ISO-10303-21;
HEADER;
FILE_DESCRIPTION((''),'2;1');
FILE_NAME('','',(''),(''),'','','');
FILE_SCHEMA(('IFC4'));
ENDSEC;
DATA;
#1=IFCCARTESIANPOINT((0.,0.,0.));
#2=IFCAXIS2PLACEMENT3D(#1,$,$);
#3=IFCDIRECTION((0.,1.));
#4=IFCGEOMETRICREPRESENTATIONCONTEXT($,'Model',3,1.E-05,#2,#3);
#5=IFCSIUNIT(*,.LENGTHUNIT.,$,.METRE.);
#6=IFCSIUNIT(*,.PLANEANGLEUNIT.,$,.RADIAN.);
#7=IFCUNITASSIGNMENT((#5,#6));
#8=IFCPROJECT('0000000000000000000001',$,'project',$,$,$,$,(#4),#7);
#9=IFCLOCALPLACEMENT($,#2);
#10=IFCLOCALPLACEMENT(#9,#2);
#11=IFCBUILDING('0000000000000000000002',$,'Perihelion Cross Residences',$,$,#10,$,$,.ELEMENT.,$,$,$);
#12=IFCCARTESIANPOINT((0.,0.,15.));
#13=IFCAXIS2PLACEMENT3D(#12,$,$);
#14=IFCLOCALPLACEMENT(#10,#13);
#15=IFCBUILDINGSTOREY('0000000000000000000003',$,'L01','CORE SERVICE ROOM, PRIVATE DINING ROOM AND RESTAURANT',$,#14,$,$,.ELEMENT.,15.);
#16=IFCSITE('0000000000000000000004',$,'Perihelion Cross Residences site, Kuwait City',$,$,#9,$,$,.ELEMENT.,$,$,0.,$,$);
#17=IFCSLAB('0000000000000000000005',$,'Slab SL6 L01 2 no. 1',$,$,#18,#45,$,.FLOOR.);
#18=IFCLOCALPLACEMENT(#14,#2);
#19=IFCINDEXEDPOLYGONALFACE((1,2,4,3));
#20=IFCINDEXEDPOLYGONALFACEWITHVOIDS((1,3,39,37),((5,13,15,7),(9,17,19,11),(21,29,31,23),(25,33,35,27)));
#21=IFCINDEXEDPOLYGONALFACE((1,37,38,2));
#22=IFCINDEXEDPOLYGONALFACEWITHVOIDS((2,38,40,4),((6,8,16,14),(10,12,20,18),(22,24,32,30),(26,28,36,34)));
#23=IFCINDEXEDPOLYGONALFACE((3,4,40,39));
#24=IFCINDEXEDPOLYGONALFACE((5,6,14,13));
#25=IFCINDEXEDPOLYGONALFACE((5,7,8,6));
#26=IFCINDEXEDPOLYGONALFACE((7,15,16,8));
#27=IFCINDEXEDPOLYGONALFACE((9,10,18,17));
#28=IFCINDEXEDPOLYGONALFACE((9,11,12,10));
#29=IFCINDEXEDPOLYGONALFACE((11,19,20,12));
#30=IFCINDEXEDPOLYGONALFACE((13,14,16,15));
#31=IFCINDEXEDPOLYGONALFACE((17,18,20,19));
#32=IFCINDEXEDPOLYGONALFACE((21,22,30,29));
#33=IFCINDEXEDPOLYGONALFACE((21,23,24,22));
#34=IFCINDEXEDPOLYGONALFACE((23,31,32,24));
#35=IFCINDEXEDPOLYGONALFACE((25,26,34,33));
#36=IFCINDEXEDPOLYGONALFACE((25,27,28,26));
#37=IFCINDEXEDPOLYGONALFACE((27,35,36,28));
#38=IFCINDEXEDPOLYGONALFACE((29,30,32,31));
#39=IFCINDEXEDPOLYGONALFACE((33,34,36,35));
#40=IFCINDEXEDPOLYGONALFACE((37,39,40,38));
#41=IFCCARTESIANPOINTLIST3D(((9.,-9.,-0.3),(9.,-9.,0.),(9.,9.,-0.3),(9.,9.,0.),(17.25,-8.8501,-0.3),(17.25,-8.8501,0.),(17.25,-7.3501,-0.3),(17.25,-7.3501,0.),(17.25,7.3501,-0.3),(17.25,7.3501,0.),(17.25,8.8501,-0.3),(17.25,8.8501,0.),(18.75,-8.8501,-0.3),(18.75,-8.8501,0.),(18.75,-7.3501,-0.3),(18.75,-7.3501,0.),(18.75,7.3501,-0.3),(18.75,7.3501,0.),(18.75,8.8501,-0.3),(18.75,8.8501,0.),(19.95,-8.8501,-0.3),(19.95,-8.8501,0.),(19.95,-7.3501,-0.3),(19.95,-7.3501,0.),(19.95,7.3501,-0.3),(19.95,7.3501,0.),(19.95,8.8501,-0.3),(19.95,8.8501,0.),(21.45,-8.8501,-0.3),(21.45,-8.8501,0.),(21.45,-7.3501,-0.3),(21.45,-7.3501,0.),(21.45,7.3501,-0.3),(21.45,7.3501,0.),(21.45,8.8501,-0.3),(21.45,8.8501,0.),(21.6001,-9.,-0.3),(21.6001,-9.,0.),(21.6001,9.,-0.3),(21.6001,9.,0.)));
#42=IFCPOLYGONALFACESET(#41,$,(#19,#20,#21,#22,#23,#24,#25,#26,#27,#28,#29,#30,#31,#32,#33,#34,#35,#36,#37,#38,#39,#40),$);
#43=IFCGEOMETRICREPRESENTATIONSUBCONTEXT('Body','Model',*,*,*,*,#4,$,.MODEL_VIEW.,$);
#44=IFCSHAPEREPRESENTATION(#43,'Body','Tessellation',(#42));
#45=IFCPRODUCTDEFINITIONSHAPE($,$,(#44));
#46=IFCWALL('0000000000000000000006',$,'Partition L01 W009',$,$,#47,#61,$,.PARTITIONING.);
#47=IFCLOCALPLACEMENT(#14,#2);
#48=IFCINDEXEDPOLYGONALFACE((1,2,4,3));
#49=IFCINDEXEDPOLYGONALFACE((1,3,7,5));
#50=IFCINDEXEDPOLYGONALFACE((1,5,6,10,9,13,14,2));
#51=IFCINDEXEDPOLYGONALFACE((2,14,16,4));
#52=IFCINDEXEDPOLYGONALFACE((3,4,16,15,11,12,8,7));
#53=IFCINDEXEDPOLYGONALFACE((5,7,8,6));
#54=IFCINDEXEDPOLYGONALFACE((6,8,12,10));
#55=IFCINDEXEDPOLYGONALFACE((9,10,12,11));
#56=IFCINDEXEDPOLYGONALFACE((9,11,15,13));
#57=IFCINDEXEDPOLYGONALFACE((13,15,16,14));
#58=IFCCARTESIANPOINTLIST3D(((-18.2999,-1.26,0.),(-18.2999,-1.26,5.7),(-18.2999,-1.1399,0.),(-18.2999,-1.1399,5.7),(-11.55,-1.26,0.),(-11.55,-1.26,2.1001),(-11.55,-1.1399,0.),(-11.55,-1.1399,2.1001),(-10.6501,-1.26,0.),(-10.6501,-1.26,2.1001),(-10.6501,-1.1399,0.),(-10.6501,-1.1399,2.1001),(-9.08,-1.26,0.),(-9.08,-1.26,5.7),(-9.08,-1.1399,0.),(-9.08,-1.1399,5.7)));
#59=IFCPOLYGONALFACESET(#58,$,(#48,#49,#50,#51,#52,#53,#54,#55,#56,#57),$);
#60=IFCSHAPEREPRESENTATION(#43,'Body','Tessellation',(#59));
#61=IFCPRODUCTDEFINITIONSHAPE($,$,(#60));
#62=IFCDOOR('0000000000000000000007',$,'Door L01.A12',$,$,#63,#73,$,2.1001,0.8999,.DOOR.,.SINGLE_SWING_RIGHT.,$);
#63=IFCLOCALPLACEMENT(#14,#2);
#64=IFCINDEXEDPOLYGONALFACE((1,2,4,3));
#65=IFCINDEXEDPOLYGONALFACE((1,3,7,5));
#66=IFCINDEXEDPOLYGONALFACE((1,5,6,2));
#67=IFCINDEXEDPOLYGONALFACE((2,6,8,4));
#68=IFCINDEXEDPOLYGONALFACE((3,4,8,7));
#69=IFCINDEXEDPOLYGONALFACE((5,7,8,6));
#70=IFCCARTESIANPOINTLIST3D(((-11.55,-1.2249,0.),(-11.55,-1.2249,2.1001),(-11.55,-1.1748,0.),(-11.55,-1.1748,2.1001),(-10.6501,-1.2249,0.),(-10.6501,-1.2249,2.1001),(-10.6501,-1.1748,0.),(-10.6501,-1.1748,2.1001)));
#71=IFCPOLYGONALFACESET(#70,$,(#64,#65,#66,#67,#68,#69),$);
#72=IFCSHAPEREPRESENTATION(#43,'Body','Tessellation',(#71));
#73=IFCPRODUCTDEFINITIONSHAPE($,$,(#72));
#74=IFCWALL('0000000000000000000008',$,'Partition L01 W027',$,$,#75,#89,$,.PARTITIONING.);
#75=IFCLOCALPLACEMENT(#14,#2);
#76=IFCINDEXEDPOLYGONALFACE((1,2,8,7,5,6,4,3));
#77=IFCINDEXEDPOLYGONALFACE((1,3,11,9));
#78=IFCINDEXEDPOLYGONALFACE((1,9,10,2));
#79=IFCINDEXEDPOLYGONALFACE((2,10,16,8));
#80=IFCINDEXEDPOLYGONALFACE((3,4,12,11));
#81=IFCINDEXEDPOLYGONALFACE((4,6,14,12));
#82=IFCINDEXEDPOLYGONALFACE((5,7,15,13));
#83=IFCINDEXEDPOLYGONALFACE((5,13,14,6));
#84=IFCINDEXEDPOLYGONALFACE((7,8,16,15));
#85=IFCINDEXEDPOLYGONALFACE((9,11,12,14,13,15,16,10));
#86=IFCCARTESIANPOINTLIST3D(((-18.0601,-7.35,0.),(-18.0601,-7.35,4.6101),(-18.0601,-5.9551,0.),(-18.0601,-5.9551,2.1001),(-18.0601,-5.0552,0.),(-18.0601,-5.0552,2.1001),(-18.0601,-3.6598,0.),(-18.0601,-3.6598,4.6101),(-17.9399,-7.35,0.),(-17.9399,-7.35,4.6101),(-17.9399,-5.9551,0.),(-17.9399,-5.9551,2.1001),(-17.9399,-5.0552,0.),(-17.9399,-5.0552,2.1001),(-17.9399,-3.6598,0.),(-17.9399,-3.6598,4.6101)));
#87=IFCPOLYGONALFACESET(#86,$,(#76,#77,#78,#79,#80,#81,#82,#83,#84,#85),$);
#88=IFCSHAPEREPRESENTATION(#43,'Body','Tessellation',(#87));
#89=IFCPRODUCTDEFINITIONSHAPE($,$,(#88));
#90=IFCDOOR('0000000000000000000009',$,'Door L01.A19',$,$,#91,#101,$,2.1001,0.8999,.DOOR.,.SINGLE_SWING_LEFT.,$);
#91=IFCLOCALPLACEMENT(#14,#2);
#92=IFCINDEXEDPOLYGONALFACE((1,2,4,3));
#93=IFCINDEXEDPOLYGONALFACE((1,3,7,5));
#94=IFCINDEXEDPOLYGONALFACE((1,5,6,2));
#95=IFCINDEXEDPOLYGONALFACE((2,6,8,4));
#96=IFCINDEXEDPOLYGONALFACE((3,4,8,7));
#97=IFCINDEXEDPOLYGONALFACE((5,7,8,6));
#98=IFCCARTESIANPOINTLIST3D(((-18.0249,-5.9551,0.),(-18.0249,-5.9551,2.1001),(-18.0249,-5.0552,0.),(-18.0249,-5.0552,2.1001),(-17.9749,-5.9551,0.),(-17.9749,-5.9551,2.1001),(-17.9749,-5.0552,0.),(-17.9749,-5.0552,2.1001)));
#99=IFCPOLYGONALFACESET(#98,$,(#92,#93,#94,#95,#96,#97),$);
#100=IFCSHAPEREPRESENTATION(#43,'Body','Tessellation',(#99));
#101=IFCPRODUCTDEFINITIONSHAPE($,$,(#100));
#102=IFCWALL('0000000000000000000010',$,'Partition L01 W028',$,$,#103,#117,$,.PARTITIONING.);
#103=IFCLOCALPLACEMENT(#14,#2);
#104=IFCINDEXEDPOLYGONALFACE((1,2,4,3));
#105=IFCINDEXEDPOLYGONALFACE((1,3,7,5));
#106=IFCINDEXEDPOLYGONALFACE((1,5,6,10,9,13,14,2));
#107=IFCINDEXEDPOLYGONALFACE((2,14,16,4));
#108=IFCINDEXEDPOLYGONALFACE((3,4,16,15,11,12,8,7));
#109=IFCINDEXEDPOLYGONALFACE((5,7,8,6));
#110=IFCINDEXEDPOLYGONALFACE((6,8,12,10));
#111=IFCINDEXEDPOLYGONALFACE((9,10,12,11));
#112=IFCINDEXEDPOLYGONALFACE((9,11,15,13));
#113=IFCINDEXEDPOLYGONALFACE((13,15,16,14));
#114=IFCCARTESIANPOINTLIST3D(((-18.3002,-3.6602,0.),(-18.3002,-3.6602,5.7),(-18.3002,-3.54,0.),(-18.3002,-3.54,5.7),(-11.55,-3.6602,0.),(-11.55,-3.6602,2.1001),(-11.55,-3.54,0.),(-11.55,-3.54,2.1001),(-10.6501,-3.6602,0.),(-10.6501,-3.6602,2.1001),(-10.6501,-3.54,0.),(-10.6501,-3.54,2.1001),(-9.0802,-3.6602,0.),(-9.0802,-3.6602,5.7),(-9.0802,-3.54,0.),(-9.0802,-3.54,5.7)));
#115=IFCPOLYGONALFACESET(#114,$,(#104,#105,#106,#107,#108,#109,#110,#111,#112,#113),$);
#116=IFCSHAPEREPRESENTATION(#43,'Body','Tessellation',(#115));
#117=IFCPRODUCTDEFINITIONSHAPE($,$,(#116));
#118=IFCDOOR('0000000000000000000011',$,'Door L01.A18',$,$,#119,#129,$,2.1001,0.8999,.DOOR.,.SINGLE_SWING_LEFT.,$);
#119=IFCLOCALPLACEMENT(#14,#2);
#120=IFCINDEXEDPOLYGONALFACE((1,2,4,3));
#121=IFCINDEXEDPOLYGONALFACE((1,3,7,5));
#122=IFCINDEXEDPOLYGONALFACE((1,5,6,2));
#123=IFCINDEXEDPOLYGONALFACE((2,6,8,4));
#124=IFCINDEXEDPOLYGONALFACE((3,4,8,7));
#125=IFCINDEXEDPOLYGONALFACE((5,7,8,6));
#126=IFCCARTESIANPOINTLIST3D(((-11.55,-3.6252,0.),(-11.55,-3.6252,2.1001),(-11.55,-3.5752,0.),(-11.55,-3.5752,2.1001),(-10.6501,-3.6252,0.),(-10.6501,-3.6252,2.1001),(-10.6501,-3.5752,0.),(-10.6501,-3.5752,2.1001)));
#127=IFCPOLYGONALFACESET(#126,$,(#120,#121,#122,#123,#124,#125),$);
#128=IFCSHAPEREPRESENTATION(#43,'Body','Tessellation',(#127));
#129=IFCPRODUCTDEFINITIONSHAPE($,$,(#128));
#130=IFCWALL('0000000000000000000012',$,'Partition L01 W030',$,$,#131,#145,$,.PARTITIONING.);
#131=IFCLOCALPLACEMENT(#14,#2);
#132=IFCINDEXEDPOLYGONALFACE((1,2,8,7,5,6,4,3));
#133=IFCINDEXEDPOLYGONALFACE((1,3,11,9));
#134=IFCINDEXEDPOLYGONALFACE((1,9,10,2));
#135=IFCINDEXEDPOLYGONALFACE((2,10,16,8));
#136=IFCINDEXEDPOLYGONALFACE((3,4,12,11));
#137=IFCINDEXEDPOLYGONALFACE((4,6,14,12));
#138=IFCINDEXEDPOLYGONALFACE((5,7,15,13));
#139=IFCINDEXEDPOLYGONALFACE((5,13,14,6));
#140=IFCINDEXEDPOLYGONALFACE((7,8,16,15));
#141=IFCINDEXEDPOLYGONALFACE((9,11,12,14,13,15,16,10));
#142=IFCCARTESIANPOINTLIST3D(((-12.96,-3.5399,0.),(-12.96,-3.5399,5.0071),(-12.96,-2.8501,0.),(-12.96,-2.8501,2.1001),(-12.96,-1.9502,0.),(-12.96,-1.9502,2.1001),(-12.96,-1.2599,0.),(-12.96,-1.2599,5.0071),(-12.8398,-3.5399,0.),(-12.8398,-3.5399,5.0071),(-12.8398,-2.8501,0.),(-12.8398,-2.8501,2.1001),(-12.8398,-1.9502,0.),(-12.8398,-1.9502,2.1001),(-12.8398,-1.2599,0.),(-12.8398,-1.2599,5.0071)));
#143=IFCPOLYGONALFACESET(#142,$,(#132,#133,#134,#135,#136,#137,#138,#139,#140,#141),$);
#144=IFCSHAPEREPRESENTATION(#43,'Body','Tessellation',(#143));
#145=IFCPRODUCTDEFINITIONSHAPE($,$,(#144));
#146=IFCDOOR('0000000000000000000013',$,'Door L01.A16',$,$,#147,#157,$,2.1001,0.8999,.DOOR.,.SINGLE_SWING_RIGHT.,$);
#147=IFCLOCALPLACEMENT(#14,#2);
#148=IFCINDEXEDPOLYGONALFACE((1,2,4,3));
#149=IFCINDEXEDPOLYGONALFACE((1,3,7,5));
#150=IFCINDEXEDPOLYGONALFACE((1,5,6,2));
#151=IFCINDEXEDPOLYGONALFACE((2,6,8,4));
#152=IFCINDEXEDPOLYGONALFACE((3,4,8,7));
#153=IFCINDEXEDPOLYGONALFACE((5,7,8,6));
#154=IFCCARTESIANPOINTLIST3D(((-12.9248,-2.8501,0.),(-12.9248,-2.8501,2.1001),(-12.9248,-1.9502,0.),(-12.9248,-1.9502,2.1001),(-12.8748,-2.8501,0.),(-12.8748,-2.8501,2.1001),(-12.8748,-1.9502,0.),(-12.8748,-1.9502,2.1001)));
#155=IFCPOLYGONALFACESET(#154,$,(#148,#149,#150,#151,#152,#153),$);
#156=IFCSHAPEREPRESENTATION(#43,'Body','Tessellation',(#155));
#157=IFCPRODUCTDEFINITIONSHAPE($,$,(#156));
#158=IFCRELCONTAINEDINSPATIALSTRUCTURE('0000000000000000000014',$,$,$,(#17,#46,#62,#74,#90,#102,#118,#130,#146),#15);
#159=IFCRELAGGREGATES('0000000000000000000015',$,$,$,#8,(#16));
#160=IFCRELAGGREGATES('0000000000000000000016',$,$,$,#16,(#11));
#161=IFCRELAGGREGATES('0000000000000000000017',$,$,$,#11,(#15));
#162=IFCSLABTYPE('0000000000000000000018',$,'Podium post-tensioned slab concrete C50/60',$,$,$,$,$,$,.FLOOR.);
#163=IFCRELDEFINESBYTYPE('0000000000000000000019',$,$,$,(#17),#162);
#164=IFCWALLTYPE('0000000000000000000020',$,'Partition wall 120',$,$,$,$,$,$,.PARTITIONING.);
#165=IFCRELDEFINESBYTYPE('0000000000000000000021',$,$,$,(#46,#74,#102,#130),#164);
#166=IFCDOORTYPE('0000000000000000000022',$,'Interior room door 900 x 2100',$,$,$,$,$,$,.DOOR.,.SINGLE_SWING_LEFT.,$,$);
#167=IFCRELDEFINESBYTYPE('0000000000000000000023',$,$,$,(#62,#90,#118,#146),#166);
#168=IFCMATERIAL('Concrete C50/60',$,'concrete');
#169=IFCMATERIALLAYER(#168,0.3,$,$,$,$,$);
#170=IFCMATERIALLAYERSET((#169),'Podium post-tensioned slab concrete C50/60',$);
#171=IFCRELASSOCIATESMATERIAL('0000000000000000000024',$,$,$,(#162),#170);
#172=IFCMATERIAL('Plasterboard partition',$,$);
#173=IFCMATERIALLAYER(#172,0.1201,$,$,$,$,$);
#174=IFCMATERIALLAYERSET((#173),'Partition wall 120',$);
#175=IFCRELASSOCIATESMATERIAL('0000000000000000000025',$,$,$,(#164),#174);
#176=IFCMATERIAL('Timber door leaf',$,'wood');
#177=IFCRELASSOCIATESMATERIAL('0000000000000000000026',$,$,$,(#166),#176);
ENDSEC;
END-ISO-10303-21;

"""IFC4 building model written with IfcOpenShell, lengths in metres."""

from ifc_helpers import new_model, si_unit, direction, frame, frame_2d, origin, place, context, subcontext, project, spatial, polyline, rectangle, outline, extrude, material, layer, layer_set, type_object, element, fill, save


model = new_model("IFC4")

# Units and contexts
model_context = context("Model", 3, precision=1e-05, world=origin(), true_north=direction((0.0, 1.0)))
body_context = subcontext(model_context, "Body", "Model", "MODEL_VIEW")
ifc_project = project(units=[si_unit("LENGTHUNIT", "METRE"), si_unit("PLANEANGLEUNIT", "RADIAN")], contexts=[model_context])

# Site, building, storey
site_placement = place(None, origin())
site = spatial("IfcSite", under=ifc_project, at=site_placement, Name="Perihelion Cross Residences site, Kuwait City", CompositionType="ELEMENT", RefElevation=0.0)
building_placement = place(site_placement, origin())
building = spatial("IfcBuilding", under=site, at=building_placement, Name="Perihelion Cross Residences", CompositionType="ELEMENT")
storey_placement = place(building_placement, frame((0.0, 0.0, 15.0)))
storey = spatial("IfcBuildingStorey", under=building, at=storey_placement, Name="L01", Description="CORE SERVICE ROOM, PRIVATE DINING ROOM AND RESTAURANT", CompositionType="ELEMENT", Elevation=15.0)

# Slab
ifc_material_1 = material(Name="Concrete C50/60", Category="concrete")
ifc_layer_1 = layer(ifc_material_1, 0.3)
ifc_layer_set_1 = layer_set([ifc_layer_1], Name="Podium post-tensioned slab concrete C50/60")
slab_type_1 = type_object("IfcSlabType", Name="Podium post-tensioned slab concrete C50/60", PredefinedType="FLOOR", material=ifc_layer_set_1)
slab_1_placement = place(storey_placement, frame((0.0, 0.0, -0.3)))
element("IfcSlab", 1, at=slab_1_placement, inside=storey, type_object=slab_type_1, Name="Slab SL6 L01 2 no. 1", PredefinedType="FLOOR", context=body_context, shape_type="SweptSolid", body=[
    extrude(outline(polyline([(9.0, -9.0), (9.0, 9.0), (21.6001, 9.0), (21.6001, -9.0), (9.0, -9.0)]), holes=[polyline([(17.25, -7.3501), (17.25, -8.8501), (18.75, -8.8501), (18.75, -7.3501), (17.25, -7.3501)]), polyline([(21.45, -7.3501), (19.95, -7.3501), (19.95, -8.8501), (21.45, -8.8501), (21.45, -7.3501)]), polyline([(18.75, 8.8501), (17.25, 8.8501), (17.25, 7.3501), (18.75, 7.3501), (18.75, 8.8501)]), polyline([(21.45, 8.8501), (19.95, 8.8501), (19.95, 7.3501), (21.45, 7.3501), (21.45, 8.8501)])]), origin(), (0.0, 0.0, 1.0), 0.3),
])

# Walls, openings, doors
ifc_material_2 = material(Name="Plasterboard partition")
ifc_layer_2 = layer(ifc_material_2, 0.1201)
ifc_layer_set_2 = layer_set([ifc_layer_2], Name="Partition wall 120")
wall_type_1 = type_object("IfcWallType", Name="Partition wall 120", PredefinedType="PARTITIONING", material=ifc_layer_set_2)
wall_1_placement = place(storey_placement, frame((-9.0801, -1.2, 0.0), z_axis=(0.0, 0.0, 1.0), x_axis=(-1.0, 0.0, 0.0)))
wall_1 = element("IfcWall", 2, at=wall_1_placement, inside=storey, type_object=wall_type_1, Name="Partition L01 W009", PredefinedType="PARTITIONING", context=body_context, shape_type="SweptSolid", body=[
    extrude(rectangle(XDim=9.22, YDim=0.1201, at=frame_2d((4.6099, 0.0))), origin(), (0.0, 0.0, 1.0), 5.7),
])
opening_1_placement = place(wall_1_placement, frame((1.5701, 0.0, 0.0)))
opening_1 = element("IfcOpeningElement", 3, at=opening_1_placement, cuts=wall_1, PredefinedType="OPENING", context=body_context, shape_type="SweptSolid", body=[
    extrude(rectangle(XDim=0.8999, YDim=2.1001, at=frame_2d((0.45, 1.05))), frame((0.0, 0.0701, 0.0), z_axis=(0.0, -1.0, 0.0), x_axis=(1.0, 0.0, 0.0)), (0.0, 0.0, 1.0), 0.1401),
])
ifc_material_3 = material(Name="Timber door leaf", Category="wood")
door_type_1 = type_object("IfcDoorType", Name="Interior room door 900 x 2100", OperationType="SINGLE_SWING_LEFT", PredefinedType="DOOR", material=ifc_material_3)
door_1_placement = place(opening_1_placement, origin())
door_1 = element("IfcDoor", 4, at=door_1_placement, inside=storey, type_object=door_type_1, Name="Door L01.A12", OperationType="SINGLE_SWING_RIGHT", OverallHeight=2.1001, OverallWidth=0.8999, PredefinedType="DOOR", context=body_context, shape_type="SweptSolid", body=[
    extrude(rectangle(XDim=0.8999, YDim=2.1001, at=frame_2d((0.45, 1.05))), frame((0.0, 0.0249, 0.0), z_axis=(0.0, -1.0, 0.0), x_axis=(1.0, 0.0, 0.0)), (0.0, 0.0, 1.0), 0.05),
])
fill(opening_1, door_1)
wall_2_placement = place(storey_placement, frame((-18.0, -7.3501, 0.0), z_axis=(0.0, 0.0, 1.0), x_axis=(0.0, 1.0, 0.0)))
wall_2 = element("IfcWall", 5, at=wall_2_placement, inside=storey, type_object=wall_type_1, Name="Partition L01 W027", PredefinedType="PARTITIONING", context=body_context, shape_type="SweptSolid", body=[
    extrude(rectangle(XDim=3.6902, YDim=0.1201, at=frame_2d((1.8452, 0.0))), origin(), (0.0, 0.0, 1.0), 4.6101),
])
opening_2_placement = place(wall_2_placement, frame((1.395, 0.0, 0.0)))
opening_2 = element("IfcOpeningElement", 6, at=opening_2_placement, cuts=wall_2, PredefinedType="OPENING", context=body_context, shape_type="SweptSolid", body=[
    extrude(rectangle(XDim=0.8999, YDim=2.1001, at=frame_2d((0.45, 1.05))), frame((0.0, 0.0701, 0.0), z_axis=(0.0, -1.0, 0.0), x_axis=(1.0, 0.0, 0.0)), (0.0, 0.0, 1.0), 0.1401),
])
door_2_placement = place(opening_2_placement, origin())
door_2 = element("IfcDoor", 7, at=door_2_placement, inside=storey, type_object=door_type_1, Name="Door L01.A19", OperationType="SINGLE_SWING_LEFT", OverallHeight=2.1001, OverallWidth=0.8999, PredefinedType="DOOR", context=body_context, shape_type="SweptSolid", body=[
    extrude(rectangle(XDim=0.8999, YDim=2.1001, at=frame_2d((0.45, 1.05))), frame((0.0, 0.0249, 0.0), z_axis=(0.0, -1.0, 0.0), x_axis=(1.0, 0.0, 0.0)), (0.0, 0.0, 1.0), 0.05),
])
fill(opening_2, door_2)
wall_3_placement = place(storey_placement, frame((-18.3, -3.6001, 0.0), z_axis=(0.0, 0.0, 1.0), x_axis=(1.0, 0.0, 0.0)))
wall_3 = element("IfcWall", 8, at=wall_3_placement, inside=storey, type_object=wall_type_1, Name="Partition L01 W028", PredefinedType="PARTITIONING", context=body_context, shape_type="SweptSolid", body=[
    extrude(rectangle(XDim=9.22, YDim=0.1201, at=frame_2d((4.6099, 0.0))), origin(), (0.0, 0.0, 1.0), 5.7),
])
opening_3_placement = place(wall_3_placement, frame((6.75, 0.0, 0.0)))
opening_3 = element("IfcOpeningElement", 9, at=opening_3_placement, cuts=wall_3, PredefinedType="OPENING", context=body_context, shape_type="SweptSolid", body=[
    extrude(rectangle(XDim=0.8999, YDim=2.1001, at=frame_2d((0.45, 1.05))), frame((0.0, 0.0701, 0.0), z_axis=(0.0, -1.0, 0.0), x_axis=(1.0, 0.0, 0.0)), (0.0, 0.0, 1.0), 0.1401),
])
door_3_placement = place(opening_3_placement, origin())
door_3 = element("IfcDoor", 10, at=door_3_placement, inside=storey, type_object=door_type_1, Name="Door L01.A18", OperationType="SINGLE_SWING_LEFT", OverallHeight=2.1001, OverallWidth=0.8999, PredefinedType="DOOR", context=body_context, shape_type="SweptSolid", body=[
    extrude(rectangle(XDim=0.8999, YDim=2.1001, at=frame_2d((0.45, 1.05))), frame((0.0, 0.0249, 0.0), z_axis=(0.0, -1.0, 0.0), x_axis=(1.0, 0.0, 0.0)), (0.0, 0.0, 1.0), 0.05),
])
fill(opening_3, door_3)
wall_4_placement = place(storey_placement, frame((-12.8999, -3.54, 0.0), z_axis=(0.0, 0.0, 1.0), x_axis=(0.0, 1.0, 0.0)))
wall_4 = element("IfcWall", 11, at=wall_4_placement, inside=storey, type_object=wall_type_1, Name="Partition L01 W030", PredefinedType="PARTITIONING", context=body_context, shape_type="SweptSolid", body=[
    extrude(rectangle(XDim=2.28, YDim=0.1201, at=frame_2d((1.1401, 0.0))), origin(), (0.0, 0.0, 1.0), 5.0071),
])
opening_4_placement = place(wall_4_placement, frame((0.6899, 0.0, 0.0)))
opening_4 = element("IfcOpeningElement", 12, at=opening_4_placement, cuts=wall_4, PredefinedType="OPENING", context=body_context, shape_type="SweptSolid", body=[
    extrude(rectangle(XDim=0.8999, YDim=2.1001, at=frame_2d((0.45, 1.05))), frame((0.0, 0.0701, 0.0), z_axis=(0.0, -1.0, 0.0), x_axis=(1.0, 0.0, 0.0)), (0.0, 0.0, 1.0), 0.1401),
])
door_4_placement = place(opening_4_placement, origin())
door_4 = element("IfcDoor", 13, at=door_4_placement, inside=storey, type_object=door_type_1, Name="Door L01.A16", OperationType="SINGLE_SWING_RIGHT", OverallHeight=2.1001, OverallWidth=0.8999, PredefinedType="DOOR", context=body_context, shape_type="SweptSolid", body=[
    extrude(rectangle(XDim=0.8999, YDim=2.1001, at=frame_2d((0.45, 1.05))), frame((0.0, 0.0249, 0.0), z_axis=(0.0, -1.0, 0.0), x_axis=(1.0, 0.0, 0.0)), (0.0, 0.0, 1.0), 0.05),
])
fill(opening_4, door_4)

save(model, "model.ifc")
